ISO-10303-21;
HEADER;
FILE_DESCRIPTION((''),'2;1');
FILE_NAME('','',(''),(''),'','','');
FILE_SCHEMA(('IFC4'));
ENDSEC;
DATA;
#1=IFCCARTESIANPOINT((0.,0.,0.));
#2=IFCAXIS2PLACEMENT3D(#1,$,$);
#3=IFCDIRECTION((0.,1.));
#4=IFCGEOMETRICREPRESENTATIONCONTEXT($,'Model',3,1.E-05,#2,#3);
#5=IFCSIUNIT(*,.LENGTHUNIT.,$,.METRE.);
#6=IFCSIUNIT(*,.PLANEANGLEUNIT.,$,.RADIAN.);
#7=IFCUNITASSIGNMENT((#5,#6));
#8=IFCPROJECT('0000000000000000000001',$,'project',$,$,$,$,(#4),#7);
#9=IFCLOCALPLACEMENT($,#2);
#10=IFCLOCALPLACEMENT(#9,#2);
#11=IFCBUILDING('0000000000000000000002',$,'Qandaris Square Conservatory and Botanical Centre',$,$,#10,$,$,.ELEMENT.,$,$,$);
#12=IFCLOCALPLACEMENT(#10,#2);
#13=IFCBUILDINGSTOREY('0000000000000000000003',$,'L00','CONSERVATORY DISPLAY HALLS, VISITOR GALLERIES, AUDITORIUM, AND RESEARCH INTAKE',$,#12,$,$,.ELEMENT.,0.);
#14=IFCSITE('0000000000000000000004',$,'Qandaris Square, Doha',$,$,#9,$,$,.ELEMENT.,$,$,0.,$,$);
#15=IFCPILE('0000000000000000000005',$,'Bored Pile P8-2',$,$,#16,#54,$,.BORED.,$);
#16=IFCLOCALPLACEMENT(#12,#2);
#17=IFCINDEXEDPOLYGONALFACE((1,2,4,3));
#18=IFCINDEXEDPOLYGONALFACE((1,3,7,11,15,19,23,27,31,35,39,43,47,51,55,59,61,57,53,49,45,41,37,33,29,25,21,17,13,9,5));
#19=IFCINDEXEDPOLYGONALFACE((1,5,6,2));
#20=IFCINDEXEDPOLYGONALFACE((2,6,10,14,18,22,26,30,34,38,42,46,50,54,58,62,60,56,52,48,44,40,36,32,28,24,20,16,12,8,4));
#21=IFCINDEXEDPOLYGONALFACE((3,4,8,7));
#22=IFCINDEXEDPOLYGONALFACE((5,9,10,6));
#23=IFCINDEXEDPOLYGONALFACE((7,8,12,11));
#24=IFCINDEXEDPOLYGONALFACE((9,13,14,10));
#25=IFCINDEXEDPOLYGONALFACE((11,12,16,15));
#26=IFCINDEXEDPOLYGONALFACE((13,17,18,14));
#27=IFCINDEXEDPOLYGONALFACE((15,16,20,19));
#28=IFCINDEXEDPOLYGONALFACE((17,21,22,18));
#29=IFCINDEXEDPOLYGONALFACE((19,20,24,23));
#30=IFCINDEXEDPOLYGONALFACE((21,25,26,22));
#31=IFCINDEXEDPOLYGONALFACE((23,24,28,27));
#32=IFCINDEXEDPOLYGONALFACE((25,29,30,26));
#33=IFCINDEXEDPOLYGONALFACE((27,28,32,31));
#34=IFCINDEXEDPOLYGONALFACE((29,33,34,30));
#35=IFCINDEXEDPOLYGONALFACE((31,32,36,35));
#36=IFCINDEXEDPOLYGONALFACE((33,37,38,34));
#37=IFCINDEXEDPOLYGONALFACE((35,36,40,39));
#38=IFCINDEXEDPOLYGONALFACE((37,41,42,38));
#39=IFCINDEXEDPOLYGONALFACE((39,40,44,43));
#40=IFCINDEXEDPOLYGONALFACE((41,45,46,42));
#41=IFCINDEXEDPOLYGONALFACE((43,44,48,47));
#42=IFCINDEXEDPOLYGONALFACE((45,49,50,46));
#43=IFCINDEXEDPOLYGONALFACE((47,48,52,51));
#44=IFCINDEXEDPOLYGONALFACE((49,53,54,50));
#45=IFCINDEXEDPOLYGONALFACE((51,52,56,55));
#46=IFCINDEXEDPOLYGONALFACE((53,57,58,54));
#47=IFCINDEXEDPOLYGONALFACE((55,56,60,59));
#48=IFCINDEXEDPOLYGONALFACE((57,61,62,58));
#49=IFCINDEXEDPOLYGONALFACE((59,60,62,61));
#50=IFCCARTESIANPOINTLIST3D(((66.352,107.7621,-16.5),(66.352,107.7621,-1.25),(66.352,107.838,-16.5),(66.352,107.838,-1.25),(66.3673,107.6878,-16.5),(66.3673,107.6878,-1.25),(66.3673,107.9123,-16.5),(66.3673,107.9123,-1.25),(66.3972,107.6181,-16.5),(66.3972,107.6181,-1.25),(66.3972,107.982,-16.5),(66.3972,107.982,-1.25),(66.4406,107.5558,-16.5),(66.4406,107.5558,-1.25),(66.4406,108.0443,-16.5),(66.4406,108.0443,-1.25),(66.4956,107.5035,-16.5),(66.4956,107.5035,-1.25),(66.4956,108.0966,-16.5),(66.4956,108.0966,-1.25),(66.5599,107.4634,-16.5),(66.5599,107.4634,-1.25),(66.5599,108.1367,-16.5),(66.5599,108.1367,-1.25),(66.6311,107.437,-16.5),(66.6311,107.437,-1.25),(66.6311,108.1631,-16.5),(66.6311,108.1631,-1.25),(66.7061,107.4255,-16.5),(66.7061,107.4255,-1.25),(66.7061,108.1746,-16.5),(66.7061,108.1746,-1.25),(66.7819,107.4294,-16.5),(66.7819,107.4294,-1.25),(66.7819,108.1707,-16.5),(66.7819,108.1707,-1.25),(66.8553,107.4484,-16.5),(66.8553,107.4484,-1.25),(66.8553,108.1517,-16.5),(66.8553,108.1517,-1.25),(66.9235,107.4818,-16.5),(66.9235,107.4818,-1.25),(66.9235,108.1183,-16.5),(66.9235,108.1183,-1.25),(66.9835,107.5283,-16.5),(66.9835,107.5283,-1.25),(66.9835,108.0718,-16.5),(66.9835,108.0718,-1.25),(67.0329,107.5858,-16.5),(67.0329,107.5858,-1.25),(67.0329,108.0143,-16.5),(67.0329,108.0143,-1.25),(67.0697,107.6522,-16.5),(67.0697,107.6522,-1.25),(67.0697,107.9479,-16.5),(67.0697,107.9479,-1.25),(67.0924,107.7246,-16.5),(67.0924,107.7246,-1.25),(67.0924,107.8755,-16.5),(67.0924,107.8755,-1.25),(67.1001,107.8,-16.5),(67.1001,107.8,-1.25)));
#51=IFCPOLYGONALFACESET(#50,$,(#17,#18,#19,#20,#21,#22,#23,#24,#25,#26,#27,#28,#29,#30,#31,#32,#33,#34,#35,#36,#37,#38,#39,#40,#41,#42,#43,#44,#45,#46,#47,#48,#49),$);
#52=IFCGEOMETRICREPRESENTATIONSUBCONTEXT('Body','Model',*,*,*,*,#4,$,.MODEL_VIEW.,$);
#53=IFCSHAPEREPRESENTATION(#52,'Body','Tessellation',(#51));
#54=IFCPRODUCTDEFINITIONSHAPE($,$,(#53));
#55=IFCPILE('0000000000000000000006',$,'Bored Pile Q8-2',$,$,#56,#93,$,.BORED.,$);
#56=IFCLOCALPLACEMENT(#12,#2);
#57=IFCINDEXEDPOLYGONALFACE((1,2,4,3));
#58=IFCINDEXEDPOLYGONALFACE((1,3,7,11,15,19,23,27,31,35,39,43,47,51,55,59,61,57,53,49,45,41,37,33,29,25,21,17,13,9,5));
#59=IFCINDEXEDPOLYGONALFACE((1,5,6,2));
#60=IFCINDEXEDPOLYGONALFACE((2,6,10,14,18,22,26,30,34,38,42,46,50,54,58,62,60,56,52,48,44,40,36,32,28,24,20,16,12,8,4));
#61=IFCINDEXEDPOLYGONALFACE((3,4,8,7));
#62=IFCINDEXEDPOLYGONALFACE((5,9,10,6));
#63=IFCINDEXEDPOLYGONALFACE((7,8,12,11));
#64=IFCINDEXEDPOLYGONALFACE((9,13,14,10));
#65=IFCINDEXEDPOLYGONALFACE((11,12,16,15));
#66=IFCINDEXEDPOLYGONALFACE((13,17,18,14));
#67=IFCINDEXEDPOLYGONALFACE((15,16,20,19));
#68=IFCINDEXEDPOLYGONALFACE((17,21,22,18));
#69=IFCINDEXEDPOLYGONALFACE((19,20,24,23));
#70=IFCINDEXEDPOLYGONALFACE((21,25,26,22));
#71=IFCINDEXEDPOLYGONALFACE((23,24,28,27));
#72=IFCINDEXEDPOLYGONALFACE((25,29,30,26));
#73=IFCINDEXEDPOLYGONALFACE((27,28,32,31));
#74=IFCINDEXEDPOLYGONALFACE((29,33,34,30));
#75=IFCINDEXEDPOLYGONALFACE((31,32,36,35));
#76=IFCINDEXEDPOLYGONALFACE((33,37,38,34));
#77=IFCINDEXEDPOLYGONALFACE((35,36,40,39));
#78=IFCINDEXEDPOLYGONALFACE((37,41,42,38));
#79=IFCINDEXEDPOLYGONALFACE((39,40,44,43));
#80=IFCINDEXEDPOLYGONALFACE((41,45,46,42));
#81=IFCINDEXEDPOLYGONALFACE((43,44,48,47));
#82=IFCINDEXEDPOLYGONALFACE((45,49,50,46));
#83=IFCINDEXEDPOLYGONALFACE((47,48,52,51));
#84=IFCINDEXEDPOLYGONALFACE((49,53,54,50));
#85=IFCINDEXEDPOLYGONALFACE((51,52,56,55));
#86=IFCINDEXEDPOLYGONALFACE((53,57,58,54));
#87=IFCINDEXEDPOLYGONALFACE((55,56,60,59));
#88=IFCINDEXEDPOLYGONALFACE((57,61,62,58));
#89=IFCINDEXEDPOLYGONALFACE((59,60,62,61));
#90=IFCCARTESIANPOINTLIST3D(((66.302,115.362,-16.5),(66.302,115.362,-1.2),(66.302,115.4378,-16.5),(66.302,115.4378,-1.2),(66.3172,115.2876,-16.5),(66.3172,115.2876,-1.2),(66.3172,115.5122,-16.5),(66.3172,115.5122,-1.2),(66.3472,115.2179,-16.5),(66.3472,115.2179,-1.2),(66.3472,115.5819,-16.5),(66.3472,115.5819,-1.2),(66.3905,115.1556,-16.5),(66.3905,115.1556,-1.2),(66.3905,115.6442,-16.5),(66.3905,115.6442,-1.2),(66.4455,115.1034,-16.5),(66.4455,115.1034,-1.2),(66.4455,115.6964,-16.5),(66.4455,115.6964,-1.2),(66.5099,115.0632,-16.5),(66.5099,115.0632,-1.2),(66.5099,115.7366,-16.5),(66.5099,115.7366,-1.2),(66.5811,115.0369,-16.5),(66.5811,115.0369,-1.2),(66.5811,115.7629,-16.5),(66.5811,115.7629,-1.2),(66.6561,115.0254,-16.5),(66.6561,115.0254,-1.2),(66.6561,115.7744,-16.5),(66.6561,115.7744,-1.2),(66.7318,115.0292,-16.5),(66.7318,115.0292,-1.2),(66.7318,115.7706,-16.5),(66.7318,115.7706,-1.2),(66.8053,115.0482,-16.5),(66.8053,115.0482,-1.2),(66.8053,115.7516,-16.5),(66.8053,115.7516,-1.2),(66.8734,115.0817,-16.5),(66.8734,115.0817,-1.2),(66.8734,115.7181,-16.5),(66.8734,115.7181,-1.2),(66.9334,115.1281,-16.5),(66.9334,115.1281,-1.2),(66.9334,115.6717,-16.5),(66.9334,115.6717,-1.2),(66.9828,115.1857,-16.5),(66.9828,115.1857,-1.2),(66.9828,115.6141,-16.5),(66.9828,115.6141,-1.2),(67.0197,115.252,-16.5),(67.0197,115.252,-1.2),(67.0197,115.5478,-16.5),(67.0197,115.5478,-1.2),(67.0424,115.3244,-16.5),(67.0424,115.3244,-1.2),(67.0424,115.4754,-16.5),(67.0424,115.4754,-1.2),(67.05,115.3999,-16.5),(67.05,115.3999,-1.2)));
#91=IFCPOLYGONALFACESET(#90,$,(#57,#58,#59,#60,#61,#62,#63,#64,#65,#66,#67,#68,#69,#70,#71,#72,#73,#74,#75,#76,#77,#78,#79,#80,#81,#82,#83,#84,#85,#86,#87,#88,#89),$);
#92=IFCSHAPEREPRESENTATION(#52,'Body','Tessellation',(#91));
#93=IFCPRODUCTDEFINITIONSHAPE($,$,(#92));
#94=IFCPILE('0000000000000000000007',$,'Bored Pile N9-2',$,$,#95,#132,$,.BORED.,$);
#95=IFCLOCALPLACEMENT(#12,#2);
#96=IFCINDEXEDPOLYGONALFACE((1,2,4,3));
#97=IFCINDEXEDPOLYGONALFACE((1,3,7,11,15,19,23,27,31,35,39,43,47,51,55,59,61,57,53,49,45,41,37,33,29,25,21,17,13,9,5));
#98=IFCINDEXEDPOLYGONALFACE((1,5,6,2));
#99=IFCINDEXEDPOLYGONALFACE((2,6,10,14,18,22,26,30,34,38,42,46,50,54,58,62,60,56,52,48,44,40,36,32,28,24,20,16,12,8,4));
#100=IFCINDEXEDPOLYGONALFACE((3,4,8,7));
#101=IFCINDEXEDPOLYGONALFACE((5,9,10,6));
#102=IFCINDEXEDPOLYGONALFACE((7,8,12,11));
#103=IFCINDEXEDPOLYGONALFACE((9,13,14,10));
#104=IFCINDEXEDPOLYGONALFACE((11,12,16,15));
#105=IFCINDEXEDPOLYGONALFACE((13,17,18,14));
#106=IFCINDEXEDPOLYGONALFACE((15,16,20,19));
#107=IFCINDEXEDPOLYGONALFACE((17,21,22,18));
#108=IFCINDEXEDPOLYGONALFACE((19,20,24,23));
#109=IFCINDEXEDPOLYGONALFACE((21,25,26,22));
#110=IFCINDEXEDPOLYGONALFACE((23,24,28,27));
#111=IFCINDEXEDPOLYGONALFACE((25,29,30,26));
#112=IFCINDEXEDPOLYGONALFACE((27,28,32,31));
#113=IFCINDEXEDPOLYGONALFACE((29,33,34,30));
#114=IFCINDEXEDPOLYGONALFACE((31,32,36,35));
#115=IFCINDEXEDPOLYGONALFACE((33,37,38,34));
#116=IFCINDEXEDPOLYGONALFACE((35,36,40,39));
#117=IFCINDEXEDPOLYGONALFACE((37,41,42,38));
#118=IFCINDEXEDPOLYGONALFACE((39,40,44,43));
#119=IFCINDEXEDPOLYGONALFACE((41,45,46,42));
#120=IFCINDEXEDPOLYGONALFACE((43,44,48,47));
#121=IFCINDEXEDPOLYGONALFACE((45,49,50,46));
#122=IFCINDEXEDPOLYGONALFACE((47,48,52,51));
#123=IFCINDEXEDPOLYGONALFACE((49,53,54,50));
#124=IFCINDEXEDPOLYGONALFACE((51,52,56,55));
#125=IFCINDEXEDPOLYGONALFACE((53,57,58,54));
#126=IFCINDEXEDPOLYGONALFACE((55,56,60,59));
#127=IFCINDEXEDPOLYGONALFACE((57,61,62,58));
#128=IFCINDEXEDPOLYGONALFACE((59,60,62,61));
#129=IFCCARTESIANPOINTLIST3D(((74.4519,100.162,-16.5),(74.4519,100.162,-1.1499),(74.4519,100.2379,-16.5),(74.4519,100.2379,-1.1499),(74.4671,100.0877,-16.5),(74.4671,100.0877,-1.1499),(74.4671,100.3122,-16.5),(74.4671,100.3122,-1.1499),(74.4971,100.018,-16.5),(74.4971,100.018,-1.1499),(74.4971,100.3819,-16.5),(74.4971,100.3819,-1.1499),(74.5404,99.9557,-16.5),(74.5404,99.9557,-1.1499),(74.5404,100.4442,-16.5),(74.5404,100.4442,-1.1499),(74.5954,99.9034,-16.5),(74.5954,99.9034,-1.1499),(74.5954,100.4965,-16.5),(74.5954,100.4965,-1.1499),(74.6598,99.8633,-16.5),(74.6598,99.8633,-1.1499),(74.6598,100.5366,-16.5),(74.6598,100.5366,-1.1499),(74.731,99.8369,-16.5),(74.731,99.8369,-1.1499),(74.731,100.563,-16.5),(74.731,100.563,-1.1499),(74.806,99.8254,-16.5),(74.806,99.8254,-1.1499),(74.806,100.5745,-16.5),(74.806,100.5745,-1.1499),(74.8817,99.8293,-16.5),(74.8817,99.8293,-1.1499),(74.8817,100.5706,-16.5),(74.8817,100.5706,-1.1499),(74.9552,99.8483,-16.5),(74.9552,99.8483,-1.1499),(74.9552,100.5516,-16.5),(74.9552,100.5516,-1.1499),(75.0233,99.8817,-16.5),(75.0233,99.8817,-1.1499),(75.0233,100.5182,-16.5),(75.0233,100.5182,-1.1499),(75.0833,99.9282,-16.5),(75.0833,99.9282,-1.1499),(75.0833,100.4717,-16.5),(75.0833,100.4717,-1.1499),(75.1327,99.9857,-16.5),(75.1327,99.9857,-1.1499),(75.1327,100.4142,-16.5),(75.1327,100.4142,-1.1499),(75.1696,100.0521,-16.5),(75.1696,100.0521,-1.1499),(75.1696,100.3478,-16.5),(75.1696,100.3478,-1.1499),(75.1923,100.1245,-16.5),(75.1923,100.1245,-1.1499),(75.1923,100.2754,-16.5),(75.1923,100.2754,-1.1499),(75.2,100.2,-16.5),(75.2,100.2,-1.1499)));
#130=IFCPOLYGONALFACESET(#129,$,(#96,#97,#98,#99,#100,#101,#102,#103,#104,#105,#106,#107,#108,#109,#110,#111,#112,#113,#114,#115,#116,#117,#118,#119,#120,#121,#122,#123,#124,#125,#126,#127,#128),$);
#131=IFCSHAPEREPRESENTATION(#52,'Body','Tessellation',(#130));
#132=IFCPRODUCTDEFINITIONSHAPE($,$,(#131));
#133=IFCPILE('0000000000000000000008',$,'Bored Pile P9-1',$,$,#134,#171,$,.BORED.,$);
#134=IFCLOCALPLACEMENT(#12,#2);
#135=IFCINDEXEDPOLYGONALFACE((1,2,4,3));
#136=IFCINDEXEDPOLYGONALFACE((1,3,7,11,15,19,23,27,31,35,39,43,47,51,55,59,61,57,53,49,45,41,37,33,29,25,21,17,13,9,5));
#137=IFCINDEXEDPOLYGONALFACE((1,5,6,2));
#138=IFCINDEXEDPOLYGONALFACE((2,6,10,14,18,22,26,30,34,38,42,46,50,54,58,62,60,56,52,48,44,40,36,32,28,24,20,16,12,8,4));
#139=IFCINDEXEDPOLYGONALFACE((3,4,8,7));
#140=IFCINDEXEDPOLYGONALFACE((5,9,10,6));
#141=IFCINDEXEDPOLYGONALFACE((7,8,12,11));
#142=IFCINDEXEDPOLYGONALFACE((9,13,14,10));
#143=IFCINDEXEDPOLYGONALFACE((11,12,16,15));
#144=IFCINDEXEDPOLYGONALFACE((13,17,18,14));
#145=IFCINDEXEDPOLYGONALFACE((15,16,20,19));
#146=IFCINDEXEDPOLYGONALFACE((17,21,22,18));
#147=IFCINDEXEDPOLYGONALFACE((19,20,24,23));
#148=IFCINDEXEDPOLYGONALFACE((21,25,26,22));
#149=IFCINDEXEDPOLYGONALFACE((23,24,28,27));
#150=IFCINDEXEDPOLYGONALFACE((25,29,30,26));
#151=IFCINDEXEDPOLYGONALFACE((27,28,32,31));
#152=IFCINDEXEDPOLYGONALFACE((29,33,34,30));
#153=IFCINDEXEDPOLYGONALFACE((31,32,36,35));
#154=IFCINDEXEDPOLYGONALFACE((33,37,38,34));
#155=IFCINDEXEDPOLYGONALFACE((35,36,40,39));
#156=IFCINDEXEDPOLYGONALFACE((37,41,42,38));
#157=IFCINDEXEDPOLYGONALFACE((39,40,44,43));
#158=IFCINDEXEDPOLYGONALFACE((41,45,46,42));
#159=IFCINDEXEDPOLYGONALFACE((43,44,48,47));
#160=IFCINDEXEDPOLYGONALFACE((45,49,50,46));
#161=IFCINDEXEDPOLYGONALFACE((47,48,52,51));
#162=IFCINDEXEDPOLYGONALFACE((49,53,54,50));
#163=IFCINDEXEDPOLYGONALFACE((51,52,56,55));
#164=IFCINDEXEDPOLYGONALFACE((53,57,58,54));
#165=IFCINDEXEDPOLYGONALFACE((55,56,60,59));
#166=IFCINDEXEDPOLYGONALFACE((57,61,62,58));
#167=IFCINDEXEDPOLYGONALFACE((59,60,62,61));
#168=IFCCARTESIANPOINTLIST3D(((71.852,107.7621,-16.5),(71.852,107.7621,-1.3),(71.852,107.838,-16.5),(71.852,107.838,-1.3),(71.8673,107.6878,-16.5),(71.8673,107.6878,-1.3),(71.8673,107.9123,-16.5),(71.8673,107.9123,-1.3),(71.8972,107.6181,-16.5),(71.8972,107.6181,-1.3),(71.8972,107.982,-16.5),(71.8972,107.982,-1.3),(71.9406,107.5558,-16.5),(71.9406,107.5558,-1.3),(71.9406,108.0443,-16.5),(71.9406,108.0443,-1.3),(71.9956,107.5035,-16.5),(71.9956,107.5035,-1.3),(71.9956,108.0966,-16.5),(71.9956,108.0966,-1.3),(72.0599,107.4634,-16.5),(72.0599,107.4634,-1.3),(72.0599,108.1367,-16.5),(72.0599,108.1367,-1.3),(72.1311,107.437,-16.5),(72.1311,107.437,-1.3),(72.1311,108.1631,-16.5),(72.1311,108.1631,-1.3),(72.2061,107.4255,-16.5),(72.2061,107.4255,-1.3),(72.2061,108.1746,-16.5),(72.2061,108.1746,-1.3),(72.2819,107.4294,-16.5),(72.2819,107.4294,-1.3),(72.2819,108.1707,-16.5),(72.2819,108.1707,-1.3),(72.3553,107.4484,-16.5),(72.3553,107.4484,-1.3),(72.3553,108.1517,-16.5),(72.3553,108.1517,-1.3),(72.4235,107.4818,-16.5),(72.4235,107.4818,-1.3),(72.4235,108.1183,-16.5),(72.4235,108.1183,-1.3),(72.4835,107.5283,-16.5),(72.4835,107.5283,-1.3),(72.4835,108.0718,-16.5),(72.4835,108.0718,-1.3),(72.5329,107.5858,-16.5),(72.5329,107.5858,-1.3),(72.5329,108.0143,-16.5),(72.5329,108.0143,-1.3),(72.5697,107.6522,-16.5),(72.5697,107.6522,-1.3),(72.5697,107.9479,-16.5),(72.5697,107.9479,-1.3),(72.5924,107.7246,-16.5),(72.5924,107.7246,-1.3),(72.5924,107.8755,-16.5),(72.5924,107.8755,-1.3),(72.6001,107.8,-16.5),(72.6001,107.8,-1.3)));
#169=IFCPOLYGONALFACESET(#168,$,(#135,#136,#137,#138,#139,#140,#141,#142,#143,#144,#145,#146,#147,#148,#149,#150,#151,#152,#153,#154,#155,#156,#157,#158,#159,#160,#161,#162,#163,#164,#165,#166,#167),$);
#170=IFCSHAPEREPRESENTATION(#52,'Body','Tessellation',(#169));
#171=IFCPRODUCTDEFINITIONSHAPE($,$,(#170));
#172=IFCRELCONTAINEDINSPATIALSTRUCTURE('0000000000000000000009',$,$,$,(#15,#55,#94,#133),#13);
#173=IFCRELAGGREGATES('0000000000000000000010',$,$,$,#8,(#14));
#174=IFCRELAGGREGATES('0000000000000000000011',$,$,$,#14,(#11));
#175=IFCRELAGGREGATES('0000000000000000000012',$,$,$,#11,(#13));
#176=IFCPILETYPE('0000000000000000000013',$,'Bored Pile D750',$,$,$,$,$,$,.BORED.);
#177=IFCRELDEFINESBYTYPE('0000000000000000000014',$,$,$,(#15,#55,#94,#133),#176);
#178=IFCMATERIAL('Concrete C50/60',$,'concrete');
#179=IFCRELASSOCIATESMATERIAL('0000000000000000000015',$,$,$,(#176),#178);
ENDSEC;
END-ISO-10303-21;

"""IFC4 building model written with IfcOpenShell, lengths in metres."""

from ifc_helpers import new_model, si_unit, direction, frame, origin, origin_2d, place, context, subcontext, project, spatial, circle, extrude, material, material_profile, profile_set, type_object, element, save


model = new_model("IFC4")

# Units and contexts
model_context = context("Model", 3, precision=1e-05, world=origin(), true_north=direction((0.0, 1.0)))
body_context = subcontext(model_context, "Body", "Model", "MODEL_VIEW")
ifc_project = project(units=[si_unit("LENGTHUNIT", "METRE"), si_unit("PLANEANGLEUNIT", "RADIAN")], contexts=[model_context])

# Site, building, storey
site_placement = place(None, origin())
site = spatial("IfcSite", under=ifc_project, at=site_placement, Name="Qandaris Square, Doha", CompositionType="ELEMENT", RefElevation=0.0)
building_placement = place(site_placement, origin())
building = spatial("IfcBuilding", under=site, at=building_placement, Name="Qandaris Square Conservatory and Botanical Centre", CompositionType="ELEMENT")
storey_placement = place(building_placement, origin())
storey = spatial("IfcBuildingStorey", under=building, at=storey_placement, Name="L00", Description="CONSERVATORY DISPLAY HALLS, VISITOR GALLERIES, AUDITORIUM, AND RESEARCH INTAKE", CompositionType="ELEMENT", Elevation=0.0)

# Piles
ifc_material_1 = material(Name="Concrete C50/60", Category="concrete")
ifc_material_profile_1 = material_profile(ifc_material_1, circle(Radius=0.375, at=origin_2d()), Name="PILE D750")
ifc_profile_set_1 = profile_set([ifc_material_profile_1], Name="Concrete C50/60")
pile_type = type_object("IfcPileType", Name="Bored Pile D750", PredefinedType="BORED", material=ifc_profile_set_1)
pile_1_placement = place(storey_placement, frame((66.7251, 107.8, -1.25), z_axis=(0.0, 0.0, -1.0), x_axis=(1.0, 0.0, 0.0)))
element("IfcPile", 1, at=pile_1_placement, inside=storey, type_object=pile_type, Name="Bored Pile P8-2", PredefinedType="BORED", context=body_context, shape_type="SweptSolid", body=[
    extrude(circle(Radius=0.375, at=origin_2d()), origin(), (0.0, 0.0, 1.0), 15.25),
])
pile_2_placement = place(storey_placement, frame((66.675, 115.3999, -1.2), z_axis=(0.0, 0.0, -1.0), x_axis=(1.0, 0.0, 0.0)))
element("IfcPile", 2, at=pile_2_placement, inside=storey, type_object=pile_type, Name="Bored Pile Q8-2", PredefinedType="BORED", context=body_context, shape_type="SweptSolid", body=[
    extrude(circle(Radius=0.375, at=origin_2d()), origin(), (0.0, 0.0, 1.0), 15.3),
])
pile_3_placement = place(storey_placement, frame((74.825, 100.2, -1.1499), z_axis=(0.0, 0.0, -1.0), x_axis=(1.0, 0.0, 0.0)))
element("IfcPile", 3, at=pile_3_placement, inside=storey, type_object=pile_type, Name="Bored Pile N9-2", PredefinedType="BORED", context=body_context, shape_type="SweptSolid", body=[
    extrude(circle(Radius=0.375, at=origin_2d()), origin(), (0.0, 0.0, 1.0), 15.3501),
])
for number, where, z_axis, x_axis, name in (
    (4, (72.2251, 107.8, -1.3), (0.0, 0.0, -1.0), (1.0, 0.0, 0.0), "Bored Pile P9-1"),
):
    element("IfcPile", number, at=place(storey_placement, frame(where, z_axis=z_axis, x_axis=x_axis)), inside=storey, type_object=pile_type, Name=name, PredefinedType="BORED", context=body_context, shape_type="SweptSolid", body=[
        extrude(circle(Radius=0.375, at=origin_2d()), origin(), (0.0, 0.0, 1.0), 15.2),
    ])

save(model, "model.ifc")
